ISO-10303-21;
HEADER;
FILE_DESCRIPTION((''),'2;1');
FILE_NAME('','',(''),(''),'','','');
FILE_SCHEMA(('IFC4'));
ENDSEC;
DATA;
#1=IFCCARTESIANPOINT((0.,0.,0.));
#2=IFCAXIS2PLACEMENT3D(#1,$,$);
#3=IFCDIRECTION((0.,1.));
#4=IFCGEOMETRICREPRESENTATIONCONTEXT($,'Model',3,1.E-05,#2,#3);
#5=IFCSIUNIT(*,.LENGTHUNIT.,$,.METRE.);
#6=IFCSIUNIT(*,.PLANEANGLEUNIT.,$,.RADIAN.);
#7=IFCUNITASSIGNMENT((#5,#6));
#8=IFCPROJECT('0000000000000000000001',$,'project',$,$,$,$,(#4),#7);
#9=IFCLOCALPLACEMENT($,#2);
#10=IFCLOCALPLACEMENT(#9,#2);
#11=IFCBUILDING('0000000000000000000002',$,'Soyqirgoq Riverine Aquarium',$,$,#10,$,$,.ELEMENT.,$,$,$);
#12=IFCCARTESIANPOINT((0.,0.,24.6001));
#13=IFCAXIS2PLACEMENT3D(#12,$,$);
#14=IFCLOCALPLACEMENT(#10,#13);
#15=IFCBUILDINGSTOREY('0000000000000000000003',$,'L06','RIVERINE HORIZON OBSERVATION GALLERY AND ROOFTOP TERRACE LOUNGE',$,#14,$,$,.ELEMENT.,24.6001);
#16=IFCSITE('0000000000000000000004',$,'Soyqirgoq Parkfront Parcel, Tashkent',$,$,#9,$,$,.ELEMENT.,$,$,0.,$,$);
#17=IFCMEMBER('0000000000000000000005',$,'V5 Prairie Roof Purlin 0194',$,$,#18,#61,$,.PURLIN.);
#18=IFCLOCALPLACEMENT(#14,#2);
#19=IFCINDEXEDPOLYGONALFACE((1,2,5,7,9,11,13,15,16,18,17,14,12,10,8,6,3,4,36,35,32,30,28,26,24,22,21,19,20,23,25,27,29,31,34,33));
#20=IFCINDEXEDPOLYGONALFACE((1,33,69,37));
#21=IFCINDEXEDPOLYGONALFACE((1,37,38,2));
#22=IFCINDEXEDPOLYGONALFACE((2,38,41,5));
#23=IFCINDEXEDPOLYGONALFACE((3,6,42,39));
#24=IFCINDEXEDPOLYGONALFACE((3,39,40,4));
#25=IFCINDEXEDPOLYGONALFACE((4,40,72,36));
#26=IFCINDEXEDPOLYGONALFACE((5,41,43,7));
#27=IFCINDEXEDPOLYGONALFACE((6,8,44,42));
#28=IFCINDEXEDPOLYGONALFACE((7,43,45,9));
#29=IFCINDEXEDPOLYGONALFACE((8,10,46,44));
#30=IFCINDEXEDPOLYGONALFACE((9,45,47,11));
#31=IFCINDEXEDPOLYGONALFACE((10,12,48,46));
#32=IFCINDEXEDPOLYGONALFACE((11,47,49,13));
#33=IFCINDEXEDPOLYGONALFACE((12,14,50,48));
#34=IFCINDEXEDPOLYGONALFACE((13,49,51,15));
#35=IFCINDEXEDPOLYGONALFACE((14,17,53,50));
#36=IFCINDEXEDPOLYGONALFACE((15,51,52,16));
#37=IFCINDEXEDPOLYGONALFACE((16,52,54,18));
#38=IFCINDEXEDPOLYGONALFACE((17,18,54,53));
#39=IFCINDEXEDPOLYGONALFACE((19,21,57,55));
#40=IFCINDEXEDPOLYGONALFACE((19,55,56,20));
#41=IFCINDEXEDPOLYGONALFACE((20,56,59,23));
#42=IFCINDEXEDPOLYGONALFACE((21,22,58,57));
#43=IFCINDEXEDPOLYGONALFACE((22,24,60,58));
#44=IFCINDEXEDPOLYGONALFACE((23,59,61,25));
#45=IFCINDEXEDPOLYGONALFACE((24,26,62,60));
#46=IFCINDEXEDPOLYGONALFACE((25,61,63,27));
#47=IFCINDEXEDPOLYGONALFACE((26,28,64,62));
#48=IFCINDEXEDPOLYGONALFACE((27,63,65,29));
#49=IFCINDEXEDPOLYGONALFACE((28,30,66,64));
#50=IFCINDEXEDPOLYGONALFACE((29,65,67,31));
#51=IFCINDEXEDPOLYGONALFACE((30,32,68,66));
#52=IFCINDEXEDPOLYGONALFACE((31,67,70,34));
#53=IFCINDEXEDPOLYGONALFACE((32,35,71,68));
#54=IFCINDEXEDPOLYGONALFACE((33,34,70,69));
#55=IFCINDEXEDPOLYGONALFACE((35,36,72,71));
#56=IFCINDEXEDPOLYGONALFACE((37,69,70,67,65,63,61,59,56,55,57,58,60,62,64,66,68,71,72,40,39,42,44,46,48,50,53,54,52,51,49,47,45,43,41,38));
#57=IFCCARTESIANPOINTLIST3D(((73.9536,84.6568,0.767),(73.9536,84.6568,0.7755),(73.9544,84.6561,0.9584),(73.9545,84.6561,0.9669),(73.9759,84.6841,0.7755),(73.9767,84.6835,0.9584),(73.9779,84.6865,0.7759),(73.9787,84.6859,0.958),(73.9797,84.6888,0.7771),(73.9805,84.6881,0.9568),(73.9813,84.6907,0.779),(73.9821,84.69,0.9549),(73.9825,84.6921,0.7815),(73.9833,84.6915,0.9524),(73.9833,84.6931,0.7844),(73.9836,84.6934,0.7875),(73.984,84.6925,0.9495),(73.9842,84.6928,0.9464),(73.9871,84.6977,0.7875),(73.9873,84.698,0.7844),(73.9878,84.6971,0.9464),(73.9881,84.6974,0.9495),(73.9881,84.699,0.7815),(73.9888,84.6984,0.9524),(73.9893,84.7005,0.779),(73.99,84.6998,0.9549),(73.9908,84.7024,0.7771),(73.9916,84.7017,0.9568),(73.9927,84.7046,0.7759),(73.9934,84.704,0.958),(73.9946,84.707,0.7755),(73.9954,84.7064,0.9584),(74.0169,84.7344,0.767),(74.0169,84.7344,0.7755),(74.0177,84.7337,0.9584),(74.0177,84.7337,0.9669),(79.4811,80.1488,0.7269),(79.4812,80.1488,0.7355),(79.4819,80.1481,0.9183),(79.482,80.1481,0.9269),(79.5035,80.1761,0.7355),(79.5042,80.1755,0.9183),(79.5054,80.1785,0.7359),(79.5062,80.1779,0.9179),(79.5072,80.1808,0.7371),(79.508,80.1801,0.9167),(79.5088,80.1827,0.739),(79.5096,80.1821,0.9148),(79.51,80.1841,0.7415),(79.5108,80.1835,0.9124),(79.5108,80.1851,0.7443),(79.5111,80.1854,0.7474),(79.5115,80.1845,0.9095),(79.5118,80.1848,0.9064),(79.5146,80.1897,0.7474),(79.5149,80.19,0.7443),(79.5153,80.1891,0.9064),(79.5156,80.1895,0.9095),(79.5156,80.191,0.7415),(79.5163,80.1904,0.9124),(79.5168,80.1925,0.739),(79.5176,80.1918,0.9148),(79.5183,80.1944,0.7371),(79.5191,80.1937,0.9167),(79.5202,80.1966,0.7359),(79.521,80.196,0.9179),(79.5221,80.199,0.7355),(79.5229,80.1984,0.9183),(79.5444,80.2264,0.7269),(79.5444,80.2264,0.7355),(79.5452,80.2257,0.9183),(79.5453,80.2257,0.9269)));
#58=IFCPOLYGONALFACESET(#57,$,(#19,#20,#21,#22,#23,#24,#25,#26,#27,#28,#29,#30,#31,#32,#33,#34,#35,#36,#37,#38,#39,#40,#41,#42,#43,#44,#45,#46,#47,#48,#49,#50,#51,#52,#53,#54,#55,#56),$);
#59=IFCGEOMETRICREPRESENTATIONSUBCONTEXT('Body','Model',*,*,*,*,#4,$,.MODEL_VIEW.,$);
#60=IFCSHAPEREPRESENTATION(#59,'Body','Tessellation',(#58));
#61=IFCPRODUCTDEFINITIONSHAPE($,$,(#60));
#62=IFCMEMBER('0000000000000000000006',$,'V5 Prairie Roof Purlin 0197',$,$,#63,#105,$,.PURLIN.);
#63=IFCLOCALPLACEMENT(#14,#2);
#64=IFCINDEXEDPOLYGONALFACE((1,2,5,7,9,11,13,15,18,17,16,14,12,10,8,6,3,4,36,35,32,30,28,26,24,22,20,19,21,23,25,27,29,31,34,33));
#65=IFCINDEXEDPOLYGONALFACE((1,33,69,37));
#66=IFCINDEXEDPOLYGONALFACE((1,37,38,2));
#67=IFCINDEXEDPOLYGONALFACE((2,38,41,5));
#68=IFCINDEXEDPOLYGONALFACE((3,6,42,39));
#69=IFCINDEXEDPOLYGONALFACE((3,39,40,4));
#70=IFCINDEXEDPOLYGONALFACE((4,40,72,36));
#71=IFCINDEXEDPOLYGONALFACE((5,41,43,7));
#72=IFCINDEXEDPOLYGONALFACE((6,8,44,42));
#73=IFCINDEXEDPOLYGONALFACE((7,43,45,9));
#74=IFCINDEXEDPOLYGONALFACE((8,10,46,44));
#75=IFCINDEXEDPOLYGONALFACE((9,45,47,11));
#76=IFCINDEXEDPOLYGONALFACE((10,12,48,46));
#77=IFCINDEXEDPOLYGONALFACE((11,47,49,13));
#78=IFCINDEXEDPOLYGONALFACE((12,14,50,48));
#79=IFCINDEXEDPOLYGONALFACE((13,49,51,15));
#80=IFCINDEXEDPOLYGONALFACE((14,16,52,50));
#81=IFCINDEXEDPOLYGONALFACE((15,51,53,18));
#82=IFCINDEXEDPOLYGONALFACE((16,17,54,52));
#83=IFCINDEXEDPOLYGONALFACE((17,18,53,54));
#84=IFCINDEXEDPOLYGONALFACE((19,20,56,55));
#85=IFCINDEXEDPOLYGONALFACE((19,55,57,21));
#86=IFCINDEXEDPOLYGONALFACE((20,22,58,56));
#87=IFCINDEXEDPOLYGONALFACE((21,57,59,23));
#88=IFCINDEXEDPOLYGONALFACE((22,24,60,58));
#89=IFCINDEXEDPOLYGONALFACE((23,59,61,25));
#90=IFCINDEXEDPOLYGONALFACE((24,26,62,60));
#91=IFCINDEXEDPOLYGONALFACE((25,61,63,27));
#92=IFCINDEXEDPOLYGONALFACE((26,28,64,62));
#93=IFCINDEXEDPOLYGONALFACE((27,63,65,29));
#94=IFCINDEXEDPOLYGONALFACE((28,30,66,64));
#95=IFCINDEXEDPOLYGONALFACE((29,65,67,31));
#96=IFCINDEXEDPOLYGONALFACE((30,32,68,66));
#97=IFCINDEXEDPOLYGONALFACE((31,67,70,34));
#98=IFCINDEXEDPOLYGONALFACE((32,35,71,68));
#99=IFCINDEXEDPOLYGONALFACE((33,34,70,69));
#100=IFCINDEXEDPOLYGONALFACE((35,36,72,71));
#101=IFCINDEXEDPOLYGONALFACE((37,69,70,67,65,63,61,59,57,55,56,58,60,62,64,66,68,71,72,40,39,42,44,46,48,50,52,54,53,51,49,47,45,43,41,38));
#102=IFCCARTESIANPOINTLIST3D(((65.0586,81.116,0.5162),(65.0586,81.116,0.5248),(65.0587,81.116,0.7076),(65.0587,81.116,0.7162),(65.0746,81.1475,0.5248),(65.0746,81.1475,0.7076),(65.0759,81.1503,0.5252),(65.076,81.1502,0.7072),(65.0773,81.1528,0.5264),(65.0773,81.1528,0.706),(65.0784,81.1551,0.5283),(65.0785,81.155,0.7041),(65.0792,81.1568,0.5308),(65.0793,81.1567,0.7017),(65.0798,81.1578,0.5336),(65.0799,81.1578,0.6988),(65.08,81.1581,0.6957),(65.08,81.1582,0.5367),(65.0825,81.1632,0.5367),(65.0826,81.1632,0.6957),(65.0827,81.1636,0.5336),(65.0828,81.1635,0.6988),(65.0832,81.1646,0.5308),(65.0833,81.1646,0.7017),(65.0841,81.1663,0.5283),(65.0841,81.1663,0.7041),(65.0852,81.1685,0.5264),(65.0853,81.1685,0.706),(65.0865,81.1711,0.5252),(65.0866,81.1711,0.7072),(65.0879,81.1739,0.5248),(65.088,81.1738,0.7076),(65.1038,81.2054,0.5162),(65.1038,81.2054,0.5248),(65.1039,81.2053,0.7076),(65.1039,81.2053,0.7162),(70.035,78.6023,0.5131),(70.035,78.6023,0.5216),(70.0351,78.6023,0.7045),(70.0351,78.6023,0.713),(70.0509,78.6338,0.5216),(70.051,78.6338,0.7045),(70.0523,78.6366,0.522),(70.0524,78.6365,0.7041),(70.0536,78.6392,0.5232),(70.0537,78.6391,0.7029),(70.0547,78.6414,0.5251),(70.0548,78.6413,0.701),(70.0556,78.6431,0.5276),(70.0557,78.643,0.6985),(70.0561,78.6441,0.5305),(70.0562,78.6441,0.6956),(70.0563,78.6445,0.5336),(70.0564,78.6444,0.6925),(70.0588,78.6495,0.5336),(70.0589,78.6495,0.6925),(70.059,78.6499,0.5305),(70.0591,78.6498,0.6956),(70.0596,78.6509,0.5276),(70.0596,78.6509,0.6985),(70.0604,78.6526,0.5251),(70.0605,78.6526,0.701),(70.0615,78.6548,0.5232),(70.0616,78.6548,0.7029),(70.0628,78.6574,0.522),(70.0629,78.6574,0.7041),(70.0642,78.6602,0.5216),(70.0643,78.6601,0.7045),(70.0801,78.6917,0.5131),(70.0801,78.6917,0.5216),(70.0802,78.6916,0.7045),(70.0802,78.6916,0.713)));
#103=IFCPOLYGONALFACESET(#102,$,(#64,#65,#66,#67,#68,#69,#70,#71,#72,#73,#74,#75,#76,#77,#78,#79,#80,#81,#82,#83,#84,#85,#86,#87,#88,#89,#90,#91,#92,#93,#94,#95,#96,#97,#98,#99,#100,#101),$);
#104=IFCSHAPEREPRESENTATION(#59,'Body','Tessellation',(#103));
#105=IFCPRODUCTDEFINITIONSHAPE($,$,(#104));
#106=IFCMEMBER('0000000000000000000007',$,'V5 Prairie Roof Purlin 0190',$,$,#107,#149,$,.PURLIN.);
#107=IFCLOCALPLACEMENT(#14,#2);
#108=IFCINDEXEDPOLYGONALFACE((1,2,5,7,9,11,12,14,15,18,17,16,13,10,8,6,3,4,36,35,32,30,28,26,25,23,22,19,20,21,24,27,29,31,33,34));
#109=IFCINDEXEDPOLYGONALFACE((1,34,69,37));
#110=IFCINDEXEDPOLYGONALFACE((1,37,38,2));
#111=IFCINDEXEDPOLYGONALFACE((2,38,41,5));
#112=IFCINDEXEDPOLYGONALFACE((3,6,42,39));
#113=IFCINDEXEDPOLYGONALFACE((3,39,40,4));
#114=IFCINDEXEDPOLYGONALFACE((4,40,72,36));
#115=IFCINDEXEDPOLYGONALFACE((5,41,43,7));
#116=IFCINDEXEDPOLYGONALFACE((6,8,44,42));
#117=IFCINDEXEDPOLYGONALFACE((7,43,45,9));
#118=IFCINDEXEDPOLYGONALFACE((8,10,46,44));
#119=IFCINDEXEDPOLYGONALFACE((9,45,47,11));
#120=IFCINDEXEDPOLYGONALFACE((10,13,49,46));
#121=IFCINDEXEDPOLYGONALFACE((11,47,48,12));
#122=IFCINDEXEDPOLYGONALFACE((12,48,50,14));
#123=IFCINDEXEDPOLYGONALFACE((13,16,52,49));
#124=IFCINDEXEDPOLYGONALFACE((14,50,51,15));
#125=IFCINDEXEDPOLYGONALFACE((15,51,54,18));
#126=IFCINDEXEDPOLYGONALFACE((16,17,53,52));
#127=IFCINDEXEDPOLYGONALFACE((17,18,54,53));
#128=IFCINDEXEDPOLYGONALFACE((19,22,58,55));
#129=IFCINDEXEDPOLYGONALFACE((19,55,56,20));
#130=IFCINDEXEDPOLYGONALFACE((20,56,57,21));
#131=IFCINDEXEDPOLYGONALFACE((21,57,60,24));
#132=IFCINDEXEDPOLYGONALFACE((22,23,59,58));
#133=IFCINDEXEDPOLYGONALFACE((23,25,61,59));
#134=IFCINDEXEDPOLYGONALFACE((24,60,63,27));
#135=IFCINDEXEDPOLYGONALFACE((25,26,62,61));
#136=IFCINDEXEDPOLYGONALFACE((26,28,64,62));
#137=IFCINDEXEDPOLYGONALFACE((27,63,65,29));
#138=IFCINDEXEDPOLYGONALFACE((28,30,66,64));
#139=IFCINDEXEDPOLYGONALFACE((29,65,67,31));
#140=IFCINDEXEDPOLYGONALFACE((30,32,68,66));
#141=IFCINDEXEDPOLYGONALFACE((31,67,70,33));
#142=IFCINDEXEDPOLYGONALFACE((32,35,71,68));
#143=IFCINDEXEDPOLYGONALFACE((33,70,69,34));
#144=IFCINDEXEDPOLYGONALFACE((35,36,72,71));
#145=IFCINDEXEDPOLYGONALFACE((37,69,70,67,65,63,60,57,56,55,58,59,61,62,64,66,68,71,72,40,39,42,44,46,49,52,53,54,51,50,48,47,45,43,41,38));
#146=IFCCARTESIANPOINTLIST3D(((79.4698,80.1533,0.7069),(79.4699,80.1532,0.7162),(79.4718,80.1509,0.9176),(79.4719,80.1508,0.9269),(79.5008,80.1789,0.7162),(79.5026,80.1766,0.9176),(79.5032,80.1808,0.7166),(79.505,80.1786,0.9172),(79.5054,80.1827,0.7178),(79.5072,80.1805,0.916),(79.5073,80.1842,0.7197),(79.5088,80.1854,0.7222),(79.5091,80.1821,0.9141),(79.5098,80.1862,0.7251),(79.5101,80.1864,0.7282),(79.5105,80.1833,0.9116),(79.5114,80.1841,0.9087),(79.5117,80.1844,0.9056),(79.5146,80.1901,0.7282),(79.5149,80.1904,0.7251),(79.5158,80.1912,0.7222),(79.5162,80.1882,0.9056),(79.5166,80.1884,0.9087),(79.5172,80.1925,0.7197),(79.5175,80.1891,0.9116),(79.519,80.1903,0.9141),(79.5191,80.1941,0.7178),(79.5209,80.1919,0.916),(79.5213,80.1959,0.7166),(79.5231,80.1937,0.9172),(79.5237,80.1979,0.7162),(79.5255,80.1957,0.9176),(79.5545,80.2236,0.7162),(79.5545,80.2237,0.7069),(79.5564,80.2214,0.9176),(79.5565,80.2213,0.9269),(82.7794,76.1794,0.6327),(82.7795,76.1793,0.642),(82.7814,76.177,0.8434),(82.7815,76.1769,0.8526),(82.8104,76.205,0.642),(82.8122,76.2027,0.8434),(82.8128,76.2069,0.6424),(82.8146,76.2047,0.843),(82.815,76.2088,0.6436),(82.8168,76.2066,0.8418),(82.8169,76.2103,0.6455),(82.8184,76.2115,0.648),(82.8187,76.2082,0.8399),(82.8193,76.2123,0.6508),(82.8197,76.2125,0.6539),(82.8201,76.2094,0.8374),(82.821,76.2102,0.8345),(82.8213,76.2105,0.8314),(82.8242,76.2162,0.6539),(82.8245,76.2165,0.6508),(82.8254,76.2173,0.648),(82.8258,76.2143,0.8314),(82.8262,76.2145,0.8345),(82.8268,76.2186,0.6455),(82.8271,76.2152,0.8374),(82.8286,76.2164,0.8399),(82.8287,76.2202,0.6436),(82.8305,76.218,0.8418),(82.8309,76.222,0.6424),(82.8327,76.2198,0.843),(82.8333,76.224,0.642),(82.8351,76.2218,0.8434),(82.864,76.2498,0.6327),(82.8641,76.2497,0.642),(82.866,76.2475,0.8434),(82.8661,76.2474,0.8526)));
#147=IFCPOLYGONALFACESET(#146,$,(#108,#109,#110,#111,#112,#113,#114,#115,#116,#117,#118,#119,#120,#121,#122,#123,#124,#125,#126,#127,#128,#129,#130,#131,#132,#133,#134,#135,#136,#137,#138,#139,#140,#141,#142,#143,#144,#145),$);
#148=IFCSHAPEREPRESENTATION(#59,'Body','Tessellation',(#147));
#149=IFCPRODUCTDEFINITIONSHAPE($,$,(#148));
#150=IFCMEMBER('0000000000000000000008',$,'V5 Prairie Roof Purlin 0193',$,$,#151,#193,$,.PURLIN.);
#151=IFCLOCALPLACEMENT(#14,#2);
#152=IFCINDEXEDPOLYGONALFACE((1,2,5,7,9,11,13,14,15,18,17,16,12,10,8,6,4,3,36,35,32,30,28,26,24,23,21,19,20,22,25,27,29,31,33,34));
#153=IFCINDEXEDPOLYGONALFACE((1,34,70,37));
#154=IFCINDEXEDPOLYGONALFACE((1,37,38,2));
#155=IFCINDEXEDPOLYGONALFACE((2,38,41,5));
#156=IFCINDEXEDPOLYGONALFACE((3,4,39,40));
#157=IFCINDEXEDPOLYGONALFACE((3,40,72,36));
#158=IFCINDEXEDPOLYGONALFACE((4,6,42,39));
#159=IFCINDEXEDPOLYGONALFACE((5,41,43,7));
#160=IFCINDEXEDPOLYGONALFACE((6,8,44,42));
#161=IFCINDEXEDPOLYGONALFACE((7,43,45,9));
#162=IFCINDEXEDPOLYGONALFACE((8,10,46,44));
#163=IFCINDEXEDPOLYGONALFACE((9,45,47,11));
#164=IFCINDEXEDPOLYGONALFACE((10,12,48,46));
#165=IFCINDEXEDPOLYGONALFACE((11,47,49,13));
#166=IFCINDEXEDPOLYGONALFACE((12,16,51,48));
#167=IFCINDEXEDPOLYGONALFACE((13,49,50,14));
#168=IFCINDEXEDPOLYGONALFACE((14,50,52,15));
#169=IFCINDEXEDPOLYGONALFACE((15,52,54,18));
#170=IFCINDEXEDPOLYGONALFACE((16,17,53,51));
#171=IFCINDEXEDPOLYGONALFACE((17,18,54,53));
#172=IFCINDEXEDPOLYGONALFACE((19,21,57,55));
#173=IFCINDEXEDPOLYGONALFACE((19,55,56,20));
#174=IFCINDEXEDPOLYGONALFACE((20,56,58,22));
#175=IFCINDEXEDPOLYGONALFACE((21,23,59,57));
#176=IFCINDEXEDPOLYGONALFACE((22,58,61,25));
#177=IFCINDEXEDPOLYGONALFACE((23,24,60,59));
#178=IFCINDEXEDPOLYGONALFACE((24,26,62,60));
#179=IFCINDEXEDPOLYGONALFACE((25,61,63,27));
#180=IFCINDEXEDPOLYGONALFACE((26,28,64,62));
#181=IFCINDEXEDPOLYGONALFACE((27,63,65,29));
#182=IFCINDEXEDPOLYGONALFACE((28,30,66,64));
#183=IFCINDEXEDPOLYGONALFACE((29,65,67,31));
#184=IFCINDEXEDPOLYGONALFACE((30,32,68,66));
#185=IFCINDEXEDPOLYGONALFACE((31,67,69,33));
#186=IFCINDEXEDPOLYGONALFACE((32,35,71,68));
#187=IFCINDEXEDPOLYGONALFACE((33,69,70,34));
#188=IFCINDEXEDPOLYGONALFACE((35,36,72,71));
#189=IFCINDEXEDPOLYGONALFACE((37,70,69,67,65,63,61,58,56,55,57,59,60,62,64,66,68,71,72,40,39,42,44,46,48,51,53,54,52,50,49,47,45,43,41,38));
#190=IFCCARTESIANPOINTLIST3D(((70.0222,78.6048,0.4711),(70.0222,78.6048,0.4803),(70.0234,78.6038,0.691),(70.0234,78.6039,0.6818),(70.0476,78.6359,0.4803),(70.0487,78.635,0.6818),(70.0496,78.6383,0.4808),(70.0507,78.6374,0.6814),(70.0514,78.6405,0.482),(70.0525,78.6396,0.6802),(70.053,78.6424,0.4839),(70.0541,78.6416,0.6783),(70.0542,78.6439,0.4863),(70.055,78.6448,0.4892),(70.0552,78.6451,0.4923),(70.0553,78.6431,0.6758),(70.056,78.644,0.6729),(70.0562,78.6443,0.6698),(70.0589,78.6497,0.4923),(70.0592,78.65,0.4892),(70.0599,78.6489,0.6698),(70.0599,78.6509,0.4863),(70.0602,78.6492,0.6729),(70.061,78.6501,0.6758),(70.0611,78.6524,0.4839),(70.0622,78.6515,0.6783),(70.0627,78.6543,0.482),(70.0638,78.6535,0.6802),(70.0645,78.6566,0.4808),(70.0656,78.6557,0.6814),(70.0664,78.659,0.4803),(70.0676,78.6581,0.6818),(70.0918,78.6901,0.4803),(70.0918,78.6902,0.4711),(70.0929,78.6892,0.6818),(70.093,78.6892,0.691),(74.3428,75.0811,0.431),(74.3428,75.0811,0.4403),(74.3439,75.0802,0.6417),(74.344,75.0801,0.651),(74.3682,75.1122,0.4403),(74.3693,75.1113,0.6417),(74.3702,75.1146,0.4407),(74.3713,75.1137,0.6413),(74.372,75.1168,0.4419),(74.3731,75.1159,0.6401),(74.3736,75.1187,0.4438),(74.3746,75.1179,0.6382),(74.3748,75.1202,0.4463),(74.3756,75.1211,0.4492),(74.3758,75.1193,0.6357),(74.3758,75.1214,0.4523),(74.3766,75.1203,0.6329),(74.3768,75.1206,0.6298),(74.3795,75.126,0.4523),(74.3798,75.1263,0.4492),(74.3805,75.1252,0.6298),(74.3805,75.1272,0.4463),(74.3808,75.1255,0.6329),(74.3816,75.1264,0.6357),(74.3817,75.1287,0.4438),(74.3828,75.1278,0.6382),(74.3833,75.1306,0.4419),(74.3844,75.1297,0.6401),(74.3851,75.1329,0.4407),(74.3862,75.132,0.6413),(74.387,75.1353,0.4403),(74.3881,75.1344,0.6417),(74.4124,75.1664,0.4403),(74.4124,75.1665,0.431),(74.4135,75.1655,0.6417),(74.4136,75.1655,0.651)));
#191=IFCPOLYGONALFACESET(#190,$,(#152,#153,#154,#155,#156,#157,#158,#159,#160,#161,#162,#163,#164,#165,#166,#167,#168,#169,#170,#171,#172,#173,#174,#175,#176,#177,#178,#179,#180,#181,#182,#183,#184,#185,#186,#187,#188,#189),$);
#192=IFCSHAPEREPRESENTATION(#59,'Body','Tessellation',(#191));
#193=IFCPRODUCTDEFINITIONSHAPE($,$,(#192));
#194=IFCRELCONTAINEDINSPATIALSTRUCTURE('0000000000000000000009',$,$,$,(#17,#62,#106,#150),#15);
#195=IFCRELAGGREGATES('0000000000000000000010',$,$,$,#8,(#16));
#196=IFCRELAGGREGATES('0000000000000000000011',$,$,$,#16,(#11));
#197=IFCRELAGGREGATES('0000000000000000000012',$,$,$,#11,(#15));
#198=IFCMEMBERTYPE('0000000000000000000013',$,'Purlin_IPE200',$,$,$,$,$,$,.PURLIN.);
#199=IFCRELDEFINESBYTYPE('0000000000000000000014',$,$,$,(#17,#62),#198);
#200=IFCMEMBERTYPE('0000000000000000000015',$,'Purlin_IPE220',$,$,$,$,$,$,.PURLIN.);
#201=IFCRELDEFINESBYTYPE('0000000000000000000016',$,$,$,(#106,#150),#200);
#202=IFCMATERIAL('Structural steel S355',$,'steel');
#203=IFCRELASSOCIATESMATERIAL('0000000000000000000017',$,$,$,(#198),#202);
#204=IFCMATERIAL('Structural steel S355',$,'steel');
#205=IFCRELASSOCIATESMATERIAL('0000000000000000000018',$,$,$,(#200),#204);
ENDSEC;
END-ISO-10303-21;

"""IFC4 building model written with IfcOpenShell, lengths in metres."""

from ifc_helpers import new_model, si_unit, direction, frame, origin, origin_2d, place, context, subcontext, project, spatial, i_section, extrude, material, material_profile, profile_set, type_object, element, save


model = new_model("IFC4")

# Units and contexts
model_context = context("Model", 3, precision=1e-05, world=origin(), true_north=direction((0.0, 1.0)))
body_context = subcontext(model_context, "Body", "Model", "MODEL_VIEW")
ifc_project = project(units=[si_unit("LENGTHUNIT", "METRE"), si_unit("PLANEANGLEUNIT", "RADIAN")], contexts=[model_context])

# Site, building, storey
site_placement = place(None, origin())
site = spatial("IfcSite", under=ifc_project, at=site_placement, Name="Soyqirgoq Parkfront Parcel, Tashkent", CompositionType="ELEMENT", RefElevation=0.0)
building_placement = place(site_placement, origin())
building = spatial("IfcBuilding", under=site, at=building_placement, Name="Soyqirgoq Riverine Aquarium", CompositionType="ELEMENT")
storey_placement = place(building_placement, frame((0.0, 0.0, 24.6001)))
storey = spatial("IfcBuildingStorey", under=building, at=storey_placement, Name="L06", Description="RIVERINE HORIZON OBSERVATION GALLERY AND ROOFTOP TERRACE LOUNGE", CompositionType="ELEMENT", Elevation=24.6001)

# Members
ifc_material_1 = material(Name="Structural steel S355", Category="steel")
ifc_material_profile_1 = material_profile(ifc_material_1, i_section(OverallWidth=0.1001, OverallDepth=0.2, WebThickness=0.0056, FlangeThickness=0.0085, FilletRadius=0.012, at=origin_2d()), Name="IPE 200")
ifc_profile_set_1 = profile_set([ifc_material_profile_1], Name="Structural steel S355")
member_type_1 = type_object("IfcMemberType", Name="Purlin_IPE200", PredefinedType="PURLIN", material=ifc_profile_set_1)
member_1_placement = place(storey_placement, frame((79.5132, 80.1873, 0.8269), z_axis=(-0.774941, 0.632008, 0.005613), x_axis=(-0.632018, -0.774954, 0.0)))
element("IfcMember", 1, at=member_1_placement, inside=storey, type_object=member_type_1, Name="V5 Prairie Roof Purlin 0194", PredefinedType="PURLIN", context=body_context, shape_type="SweptSolid", body=[
    extrude(i_section(OverallWidth=0.1001, OverallDepth=0.2, WebThickness=0.0056, FlangeThickness=0.0085, FilletRadius=0.012, at=origin_2d()), origin(), (0.0, 0.0, 1.0), 7.1328),
])
member_2_placement = place(storey_placement, frame((70.0576, 78.647, 0.613), z_axis=(-0.892589, 0.450871, 0.000569), x_axis=(-0.450871, -0.892589, 0.0)))
element("IfcMember", 2, at=member_2_placement, inside=storey, type_object=member_type_1, Name="V5 Prairie Roof Purlin 0197", PredefinedType="PURLIN", context=body_context, shape_type="SweptSolid", body=[
    extrude(i_section(OverallWidth=0.1001, OverallDepth=0.2, WebThickness=0.0056, FlangeThickness=0.0085, FilletRadius=0.012, at=origin_2d()), origin(), (0.0, 0.0, 1.0), 5.5752),
])
ifc_material_2 = material(Name="Structural steel S355", Category="steel")
ifc_material_profile_2 = material_profile(ifc_material_2, i_section(OverallWidth=0.1101, OverallDepth=0.22, WebThickness=0.0059, FlangeThickness=0.0093, FilletRadius=0.012, at=origin_2d()), Name="IPE 220")
ifc_profile_set_2 = profile_set([ifc_material_profile_2], Name="Structural steel S355")
member_type_2 = type_object("IfcMemberType", Name="Purlin_IPE220", PredefinedType="PURLIN", material=ifc_profile_set_2)
member_3_placement = place(storey_placement, frame((82.8228, 76.2134, 0.7427), z_axis=(-0.639891, 0.768332, 0.01435), x_axis=(-0.768411, -0.639957, 0.0)))
element("IfcMember", 3, at=member_3_placement, inside=storey, type_object=member_type_2, Name="V5 Prairie Roof Purlin 0190", PredefinedType="PURLIN", context=body_context, shape_type="SweptSolid", body=[
    extrude(i_section(OverallWidth=0.1101, OverallDepth=0.22, WebThickness=0.0059, FlangeThickness=0.0093, FilletRadius=0.012, at=origin_2d()), origin(), (0.0, 0.0, 1.0), 5.1721),
])
member_4_placement = place(storey_placement, frame((74.3782, 75.1233, 0.541), z_axis=(-0.774931, 0.632005, 0.007181), x_axis=(-0.632021, -0.774951, 0.0)))
element("IfcMember", 4, at=member_4_placement, inside=storey, type_object=member_type_2, Name="V5 Prairie Roof Purlin 0193", PredefinedType="PURLIN", context=body_context, shape_type="SweptSolid", body=[
    extrude(i_section(OverallWidth=0.1101, OverallDepth=0.22, WebThickness=0.0059, FlangeThickness=0.0093, FilletRadius=0.012, at=origin_2d()), origin(), (0.0, 0.0, 1.0), 5.5754),
])

save(model, "model.ifc")
